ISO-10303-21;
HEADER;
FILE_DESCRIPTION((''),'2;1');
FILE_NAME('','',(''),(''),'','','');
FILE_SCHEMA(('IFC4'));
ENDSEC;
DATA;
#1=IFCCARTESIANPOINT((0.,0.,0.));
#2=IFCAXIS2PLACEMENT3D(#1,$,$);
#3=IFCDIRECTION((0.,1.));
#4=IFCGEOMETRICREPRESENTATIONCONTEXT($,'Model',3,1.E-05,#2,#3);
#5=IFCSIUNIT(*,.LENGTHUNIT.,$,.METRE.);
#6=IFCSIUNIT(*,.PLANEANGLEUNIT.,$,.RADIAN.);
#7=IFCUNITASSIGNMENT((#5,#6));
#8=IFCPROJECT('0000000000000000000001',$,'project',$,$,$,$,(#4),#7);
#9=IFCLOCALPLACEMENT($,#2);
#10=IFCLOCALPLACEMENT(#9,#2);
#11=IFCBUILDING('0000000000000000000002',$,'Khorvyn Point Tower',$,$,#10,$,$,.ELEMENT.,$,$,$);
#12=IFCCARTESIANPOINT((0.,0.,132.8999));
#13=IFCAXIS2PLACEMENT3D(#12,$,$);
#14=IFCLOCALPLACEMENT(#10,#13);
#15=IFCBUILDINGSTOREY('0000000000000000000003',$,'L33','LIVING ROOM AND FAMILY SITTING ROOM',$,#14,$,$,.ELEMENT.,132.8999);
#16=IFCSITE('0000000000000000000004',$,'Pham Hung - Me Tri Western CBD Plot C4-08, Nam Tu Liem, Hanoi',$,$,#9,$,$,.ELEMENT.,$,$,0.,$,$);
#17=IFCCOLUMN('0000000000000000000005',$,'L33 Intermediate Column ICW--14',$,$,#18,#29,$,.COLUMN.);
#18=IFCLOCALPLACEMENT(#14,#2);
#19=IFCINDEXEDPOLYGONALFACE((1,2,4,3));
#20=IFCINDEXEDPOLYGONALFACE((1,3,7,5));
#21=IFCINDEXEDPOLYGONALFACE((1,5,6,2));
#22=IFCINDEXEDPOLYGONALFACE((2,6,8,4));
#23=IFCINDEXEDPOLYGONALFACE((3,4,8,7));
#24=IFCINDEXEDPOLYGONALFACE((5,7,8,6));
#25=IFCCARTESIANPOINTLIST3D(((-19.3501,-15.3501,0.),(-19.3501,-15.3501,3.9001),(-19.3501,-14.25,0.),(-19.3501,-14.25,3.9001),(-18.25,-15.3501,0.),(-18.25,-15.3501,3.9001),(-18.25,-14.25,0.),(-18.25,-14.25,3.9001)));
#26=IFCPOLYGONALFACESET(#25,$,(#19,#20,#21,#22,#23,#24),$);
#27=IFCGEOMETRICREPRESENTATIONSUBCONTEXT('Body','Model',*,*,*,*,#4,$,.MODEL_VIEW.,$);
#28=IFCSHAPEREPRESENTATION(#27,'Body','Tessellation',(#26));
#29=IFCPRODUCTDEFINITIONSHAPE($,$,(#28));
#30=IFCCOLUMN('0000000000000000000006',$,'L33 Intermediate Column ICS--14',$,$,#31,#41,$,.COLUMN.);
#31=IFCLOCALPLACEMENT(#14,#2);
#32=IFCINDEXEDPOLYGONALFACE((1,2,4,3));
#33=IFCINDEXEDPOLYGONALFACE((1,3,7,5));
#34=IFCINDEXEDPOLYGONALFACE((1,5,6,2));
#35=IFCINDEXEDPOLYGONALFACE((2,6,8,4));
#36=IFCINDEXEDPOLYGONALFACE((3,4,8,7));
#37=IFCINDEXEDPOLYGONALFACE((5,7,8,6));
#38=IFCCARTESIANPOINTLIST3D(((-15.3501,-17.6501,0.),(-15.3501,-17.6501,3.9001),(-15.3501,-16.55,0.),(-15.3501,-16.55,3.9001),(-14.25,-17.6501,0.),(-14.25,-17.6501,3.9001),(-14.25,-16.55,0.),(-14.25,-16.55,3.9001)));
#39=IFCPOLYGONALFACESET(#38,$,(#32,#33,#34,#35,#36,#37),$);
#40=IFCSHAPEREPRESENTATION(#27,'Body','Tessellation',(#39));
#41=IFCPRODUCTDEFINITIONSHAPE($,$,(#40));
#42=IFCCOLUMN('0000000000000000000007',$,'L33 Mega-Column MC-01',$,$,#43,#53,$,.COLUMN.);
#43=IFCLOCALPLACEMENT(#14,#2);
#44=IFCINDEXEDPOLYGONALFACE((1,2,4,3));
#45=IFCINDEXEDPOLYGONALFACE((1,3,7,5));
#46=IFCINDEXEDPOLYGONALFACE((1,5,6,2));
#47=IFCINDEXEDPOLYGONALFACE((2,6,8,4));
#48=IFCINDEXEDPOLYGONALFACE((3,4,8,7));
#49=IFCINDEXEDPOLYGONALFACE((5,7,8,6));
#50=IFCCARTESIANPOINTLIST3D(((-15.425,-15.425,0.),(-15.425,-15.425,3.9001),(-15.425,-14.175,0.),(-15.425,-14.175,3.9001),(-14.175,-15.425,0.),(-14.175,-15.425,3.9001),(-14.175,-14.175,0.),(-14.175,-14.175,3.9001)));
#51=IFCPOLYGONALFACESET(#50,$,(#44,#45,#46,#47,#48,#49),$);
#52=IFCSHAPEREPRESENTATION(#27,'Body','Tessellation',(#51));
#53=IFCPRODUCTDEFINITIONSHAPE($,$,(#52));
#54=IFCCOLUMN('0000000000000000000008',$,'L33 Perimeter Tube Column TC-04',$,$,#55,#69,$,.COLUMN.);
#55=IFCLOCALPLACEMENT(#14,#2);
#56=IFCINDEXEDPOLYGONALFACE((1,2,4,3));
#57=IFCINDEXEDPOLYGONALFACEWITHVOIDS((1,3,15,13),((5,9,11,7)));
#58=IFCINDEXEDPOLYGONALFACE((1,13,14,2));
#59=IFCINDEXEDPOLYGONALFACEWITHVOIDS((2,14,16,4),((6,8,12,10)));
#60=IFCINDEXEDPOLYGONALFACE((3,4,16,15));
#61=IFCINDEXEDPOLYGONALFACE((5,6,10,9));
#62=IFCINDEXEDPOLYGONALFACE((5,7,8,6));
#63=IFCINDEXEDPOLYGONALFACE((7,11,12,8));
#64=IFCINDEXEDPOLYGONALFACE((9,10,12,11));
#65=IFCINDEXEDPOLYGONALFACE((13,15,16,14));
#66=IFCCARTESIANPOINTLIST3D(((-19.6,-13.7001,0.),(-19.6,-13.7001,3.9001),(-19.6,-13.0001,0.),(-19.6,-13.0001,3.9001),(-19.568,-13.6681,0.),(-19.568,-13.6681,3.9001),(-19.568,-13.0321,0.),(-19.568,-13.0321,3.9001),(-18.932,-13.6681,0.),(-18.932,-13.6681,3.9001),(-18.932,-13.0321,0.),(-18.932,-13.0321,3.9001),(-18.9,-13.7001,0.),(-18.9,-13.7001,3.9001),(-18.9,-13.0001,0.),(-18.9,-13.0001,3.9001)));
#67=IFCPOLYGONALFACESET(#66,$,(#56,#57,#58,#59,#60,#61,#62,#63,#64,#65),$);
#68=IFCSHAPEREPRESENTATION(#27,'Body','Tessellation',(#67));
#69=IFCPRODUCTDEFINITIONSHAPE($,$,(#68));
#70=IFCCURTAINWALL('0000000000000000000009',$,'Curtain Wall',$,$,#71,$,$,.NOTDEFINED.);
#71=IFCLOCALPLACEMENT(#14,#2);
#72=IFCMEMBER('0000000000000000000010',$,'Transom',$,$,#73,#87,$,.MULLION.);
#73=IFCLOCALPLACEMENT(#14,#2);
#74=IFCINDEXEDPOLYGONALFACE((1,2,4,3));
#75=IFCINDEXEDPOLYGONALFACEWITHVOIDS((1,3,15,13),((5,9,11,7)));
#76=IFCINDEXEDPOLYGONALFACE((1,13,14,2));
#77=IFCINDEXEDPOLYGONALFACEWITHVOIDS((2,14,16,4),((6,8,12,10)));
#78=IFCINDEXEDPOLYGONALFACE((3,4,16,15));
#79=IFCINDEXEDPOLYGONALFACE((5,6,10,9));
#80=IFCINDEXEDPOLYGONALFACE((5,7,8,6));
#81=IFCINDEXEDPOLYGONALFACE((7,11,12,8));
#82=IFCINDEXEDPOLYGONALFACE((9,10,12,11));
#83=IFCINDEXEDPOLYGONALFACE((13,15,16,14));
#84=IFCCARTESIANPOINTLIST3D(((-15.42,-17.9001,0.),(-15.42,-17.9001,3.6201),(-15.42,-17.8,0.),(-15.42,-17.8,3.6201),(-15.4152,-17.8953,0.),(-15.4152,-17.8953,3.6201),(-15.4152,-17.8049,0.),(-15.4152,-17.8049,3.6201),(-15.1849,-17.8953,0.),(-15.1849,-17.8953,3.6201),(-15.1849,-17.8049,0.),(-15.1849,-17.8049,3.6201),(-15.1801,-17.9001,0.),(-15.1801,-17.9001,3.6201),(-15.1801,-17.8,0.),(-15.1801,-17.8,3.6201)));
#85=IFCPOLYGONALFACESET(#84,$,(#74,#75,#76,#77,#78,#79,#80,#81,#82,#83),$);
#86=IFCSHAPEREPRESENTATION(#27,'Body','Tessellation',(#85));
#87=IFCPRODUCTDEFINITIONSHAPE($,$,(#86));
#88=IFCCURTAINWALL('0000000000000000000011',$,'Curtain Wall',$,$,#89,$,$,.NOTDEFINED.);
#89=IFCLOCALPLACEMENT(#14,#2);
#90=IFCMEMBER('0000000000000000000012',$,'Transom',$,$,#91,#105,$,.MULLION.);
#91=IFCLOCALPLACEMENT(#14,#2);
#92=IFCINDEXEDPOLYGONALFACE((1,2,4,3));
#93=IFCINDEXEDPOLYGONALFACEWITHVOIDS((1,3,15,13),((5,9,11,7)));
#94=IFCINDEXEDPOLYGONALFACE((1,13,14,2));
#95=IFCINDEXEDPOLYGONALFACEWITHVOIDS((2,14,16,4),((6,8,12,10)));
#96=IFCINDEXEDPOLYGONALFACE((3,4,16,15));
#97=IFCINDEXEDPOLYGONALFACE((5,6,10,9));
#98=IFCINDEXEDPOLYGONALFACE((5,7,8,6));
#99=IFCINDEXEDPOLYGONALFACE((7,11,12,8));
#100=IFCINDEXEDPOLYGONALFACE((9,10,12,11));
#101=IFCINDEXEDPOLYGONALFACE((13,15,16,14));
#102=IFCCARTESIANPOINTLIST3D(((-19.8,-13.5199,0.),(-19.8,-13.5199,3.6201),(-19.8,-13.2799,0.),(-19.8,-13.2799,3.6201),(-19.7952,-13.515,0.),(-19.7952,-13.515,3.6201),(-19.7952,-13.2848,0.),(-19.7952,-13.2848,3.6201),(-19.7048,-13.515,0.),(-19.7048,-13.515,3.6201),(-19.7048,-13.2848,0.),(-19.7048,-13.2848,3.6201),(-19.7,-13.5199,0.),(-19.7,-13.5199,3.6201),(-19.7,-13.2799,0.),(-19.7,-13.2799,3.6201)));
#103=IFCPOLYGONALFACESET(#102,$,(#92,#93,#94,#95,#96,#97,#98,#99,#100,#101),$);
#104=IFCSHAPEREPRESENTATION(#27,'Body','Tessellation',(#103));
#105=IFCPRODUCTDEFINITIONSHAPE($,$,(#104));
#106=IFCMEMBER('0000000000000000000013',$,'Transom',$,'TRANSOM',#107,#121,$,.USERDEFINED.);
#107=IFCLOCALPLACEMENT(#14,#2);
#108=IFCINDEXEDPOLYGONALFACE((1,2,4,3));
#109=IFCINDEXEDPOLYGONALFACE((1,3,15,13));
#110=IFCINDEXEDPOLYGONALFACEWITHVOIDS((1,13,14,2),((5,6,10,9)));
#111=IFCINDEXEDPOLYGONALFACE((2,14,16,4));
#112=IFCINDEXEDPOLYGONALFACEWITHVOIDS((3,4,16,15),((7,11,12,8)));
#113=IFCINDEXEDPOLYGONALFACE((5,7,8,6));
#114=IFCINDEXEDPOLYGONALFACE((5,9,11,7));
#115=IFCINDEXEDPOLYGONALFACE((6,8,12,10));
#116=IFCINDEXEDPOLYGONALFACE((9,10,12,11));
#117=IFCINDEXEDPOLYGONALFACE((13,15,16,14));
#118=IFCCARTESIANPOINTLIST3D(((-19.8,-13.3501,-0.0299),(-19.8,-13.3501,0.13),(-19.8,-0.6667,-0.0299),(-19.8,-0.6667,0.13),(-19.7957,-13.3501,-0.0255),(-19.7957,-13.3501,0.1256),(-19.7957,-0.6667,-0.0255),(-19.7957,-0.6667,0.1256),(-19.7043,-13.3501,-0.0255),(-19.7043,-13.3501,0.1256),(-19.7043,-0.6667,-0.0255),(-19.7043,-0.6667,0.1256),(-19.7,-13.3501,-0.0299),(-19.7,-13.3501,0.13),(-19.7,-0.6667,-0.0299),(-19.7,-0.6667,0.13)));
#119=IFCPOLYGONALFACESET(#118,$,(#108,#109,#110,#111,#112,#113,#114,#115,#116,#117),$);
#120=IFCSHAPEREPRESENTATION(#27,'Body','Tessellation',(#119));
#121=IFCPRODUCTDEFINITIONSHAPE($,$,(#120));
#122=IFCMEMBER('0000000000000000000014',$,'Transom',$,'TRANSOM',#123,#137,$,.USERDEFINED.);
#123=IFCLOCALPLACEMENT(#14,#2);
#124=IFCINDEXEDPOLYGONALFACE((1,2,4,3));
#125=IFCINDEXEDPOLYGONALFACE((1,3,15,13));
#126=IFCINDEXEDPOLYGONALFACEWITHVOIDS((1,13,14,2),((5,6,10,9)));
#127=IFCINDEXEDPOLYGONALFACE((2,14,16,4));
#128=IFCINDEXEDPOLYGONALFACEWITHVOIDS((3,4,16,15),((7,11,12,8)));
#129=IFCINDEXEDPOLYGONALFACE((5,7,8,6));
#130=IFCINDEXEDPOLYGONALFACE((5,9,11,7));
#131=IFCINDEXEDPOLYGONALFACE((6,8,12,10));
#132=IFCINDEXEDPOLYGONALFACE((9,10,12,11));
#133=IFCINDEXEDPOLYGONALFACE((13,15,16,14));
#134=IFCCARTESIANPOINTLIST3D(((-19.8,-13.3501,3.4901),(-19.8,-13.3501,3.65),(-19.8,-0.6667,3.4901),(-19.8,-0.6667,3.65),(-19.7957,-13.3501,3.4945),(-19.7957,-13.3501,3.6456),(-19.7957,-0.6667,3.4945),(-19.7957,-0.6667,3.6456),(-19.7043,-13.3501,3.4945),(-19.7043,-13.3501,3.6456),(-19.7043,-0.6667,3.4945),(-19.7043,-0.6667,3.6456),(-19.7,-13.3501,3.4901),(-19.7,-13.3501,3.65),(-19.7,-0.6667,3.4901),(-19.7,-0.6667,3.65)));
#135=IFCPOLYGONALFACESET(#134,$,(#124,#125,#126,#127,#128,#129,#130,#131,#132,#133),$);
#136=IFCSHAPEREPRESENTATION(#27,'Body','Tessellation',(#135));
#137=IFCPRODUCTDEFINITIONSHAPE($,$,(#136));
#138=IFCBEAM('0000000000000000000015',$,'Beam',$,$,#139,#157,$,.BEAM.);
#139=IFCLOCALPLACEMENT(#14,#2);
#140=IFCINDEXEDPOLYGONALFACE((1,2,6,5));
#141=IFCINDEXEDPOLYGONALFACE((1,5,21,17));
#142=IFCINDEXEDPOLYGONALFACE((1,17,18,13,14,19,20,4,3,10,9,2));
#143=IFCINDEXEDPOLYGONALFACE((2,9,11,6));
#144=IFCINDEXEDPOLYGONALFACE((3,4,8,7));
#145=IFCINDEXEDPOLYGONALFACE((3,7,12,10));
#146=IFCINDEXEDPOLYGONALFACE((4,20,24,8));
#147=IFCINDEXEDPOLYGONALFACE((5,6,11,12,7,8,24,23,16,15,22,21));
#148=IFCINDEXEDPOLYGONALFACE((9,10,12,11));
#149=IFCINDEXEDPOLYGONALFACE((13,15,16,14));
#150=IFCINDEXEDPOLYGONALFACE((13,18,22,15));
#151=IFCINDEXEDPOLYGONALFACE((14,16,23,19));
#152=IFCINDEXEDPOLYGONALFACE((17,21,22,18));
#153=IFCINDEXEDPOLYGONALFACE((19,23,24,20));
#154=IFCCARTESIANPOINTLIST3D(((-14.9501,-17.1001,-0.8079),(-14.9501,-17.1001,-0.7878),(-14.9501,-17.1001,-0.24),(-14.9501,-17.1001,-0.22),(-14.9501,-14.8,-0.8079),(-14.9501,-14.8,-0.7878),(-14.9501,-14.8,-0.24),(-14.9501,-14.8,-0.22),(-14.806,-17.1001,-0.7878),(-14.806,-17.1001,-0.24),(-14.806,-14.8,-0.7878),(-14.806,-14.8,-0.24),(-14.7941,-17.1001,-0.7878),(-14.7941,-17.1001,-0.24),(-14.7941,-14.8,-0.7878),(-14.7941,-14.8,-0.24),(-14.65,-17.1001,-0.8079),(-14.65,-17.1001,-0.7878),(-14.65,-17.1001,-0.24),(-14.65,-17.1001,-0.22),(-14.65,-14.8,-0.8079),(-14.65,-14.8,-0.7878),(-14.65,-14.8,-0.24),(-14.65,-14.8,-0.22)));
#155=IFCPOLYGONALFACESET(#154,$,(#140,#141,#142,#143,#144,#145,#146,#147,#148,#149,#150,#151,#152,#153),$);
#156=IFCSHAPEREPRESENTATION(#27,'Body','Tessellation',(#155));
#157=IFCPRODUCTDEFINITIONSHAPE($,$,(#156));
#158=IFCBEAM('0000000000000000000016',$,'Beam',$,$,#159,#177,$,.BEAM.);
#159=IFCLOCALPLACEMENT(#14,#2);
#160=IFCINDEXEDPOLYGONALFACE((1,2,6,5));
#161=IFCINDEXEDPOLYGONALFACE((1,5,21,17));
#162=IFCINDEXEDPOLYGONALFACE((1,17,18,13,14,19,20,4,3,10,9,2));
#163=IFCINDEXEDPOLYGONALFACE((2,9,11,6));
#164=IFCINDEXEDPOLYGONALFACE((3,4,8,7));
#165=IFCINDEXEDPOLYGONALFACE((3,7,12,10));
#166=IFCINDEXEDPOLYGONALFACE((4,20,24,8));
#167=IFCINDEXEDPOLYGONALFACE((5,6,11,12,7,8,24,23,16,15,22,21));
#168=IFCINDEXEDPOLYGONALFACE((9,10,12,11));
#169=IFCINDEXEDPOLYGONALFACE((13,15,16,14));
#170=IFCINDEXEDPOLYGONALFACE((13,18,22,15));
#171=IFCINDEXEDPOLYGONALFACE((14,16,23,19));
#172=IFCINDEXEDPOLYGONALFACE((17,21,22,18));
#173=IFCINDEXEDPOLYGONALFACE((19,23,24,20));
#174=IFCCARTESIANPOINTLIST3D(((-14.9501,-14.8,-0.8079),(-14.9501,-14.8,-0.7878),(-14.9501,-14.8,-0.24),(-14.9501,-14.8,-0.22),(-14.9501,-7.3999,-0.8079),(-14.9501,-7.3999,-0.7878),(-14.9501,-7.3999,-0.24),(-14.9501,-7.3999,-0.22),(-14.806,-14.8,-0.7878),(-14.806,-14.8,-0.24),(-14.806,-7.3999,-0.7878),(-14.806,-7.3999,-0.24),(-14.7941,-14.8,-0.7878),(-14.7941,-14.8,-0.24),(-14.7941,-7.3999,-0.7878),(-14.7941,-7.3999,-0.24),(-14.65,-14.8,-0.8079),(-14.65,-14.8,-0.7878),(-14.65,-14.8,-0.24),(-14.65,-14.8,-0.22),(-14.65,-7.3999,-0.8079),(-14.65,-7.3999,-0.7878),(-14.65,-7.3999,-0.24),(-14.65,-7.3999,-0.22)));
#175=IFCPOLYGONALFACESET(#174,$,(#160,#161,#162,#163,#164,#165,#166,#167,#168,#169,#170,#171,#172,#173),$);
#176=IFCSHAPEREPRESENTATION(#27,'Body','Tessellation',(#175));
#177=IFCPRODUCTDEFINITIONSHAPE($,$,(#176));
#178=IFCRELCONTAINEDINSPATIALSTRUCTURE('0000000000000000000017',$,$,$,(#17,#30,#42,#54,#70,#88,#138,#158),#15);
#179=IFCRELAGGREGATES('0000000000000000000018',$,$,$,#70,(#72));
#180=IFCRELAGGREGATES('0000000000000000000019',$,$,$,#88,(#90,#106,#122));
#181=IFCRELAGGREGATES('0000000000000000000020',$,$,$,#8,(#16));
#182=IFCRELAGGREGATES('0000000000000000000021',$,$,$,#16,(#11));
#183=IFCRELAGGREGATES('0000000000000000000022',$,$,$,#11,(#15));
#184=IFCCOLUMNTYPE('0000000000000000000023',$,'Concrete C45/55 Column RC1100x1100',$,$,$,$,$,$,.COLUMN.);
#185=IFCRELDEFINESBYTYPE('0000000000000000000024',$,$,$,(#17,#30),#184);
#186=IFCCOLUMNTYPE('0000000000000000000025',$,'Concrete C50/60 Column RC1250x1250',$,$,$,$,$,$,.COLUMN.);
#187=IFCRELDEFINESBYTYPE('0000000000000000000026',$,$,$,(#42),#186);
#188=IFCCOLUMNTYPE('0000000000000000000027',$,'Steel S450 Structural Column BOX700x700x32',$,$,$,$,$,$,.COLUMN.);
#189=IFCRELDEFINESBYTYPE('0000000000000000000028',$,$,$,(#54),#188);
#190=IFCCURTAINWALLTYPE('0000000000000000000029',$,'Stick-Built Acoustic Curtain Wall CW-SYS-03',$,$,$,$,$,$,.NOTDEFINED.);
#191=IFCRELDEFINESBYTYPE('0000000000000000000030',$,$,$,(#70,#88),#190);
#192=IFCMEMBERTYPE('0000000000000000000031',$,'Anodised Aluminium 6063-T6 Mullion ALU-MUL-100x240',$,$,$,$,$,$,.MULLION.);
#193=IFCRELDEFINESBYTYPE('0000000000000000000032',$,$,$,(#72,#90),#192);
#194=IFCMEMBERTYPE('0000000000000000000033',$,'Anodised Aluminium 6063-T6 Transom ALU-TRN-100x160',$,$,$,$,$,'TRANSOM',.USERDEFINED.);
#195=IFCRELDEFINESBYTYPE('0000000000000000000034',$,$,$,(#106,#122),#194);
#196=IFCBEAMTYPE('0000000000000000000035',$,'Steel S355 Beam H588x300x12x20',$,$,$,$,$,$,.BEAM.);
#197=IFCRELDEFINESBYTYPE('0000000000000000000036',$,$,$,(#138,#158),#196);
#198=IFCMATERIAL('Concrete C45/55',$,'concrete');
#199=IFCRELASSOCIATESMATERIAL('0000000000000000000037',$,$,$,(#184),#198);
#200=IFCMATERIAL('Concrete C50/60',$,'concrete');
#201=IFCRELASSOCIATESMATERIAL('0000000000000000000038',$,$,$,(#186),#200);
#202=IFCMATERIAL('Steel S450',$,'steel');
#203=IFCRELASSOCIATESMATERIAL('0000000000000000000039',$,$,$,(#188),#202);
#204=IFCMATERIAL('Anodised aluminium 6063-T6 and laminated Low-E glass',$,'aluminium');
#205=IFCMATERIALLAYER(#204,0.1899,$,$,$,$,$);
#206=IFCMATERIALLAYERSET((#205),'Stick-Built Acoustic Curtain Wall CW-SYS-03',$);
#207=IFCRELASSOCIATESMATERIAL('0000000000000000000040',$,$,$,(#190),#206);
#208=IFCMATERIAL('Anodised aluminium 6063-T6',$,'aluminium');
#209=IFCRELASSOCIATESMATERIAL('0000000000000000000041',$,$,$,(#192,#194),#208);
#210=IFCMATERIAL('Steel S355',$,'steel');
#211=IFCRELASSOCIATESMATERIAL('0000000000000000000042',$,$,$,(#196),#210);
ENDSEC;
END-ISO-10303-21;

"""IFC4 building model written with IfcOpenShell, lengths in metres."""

from ifc_helpers import new_model, si_unit, direction, frame, origin, origin_2d, place, context, subcontext, project, spatial, rectangle, hollow_rectangle, i_section, extrude, material, layer, layer_set, material_profile, profile_set, type_object, element, aggregate, save


model = new_model("IFC4")

# Units and contexts
model_context = context("Model", 3, precision=1e-05, world=origin(), true_north=direction((0.0, 1.0)))
body_context = subcontext(model_context, "Body", "Model", "MODEL_VIEW")
ifc_project = project(units=[si_unit("LENGTHUNIT", "METRE"), si_unit("PLANEANGLEUNIT", "RADIAN")], contexts=[model_context])

# Site, building, storey
site_placement = place(None, origin())
site = spatial("IfcSite", under=ifc_project, at=site_placement, Name="Pham Hung - Me Tri Western CBD Plot C4-08, Nam Tu Liem, Hanoi", CompositionType="ELEMENT", RefElevation=0.0)
building_placement = place(site_placement, origin())
building = spatial("IfcBuilding", under=site, at=building_placement, Name="Khorvyn Point Tower", CompositionType="ELEMENT")
storey_placement = place(building_placement, frame((0.0, 0.0, 132.8999)))
storey = spatial("IfcBuildingStorey", under=building, at=storey_placement, Name="L33", Description="LIVING ROOM AND FAMILY SITTING ROOM", CompositionType="ELEMENT", Elevation=132.8999)

# Columns
ifc_material_1 = material(Name="Concrete C45/55", Category="concrete")
ifc_material_profile_1 = material_profile(ifc_material_1, rectangle(XDim=1.1001, YDim=1.1001, at=origin_2d()))
ifc_profile_set_1 = profile_set([ifc_material_profile_1], Name="Concrete C45/55 RC1100x1100")
column_type_1 = type_object("IfcColumnType", Name="Concrete C45/55 Column RC1100x1100", PredefinedType="COLUMN", material=ifc_profile_set_1)
for number, where, z_axis, x_axis, name in (
    (1, (-18.8, -14.8, 0.0), (0.0, 0.0, 1.0), (1.0, 0.0, 0.0), "L33 Intermediate Column ICW--14"),
    (2, (-14.8, -17.1001, 0.0), (0.0, 0.0, 1.0), (1.0, 0.0, 0.0), "L33 Intermediate Column ICS--14"),
):
    element("IfcColumn", number, at=place(storey_placement, frame(where, z_axis=z_axis, x_axis=x_axis)), inside=storey, type_object=column_type_1, Name=name, PredefinedType="COLUMN", context=body_context, shape_type="SweptSolid", body=[
        extrude(rectangle(XDim=1.1001, YDim=1.1001, at=origin_2d()), origin(), (0.0, 0.0, 1.0), 3.9001),
    ])
ifc_material_2 = material(Name="Concrete C50/60", Category="concrete")
ifc_material_profile_2 = material_profile(ifc_material_2, rectangle(XDim=1.25, YDim=1.25, at=origin_2d()))
ifc_profile_set_2 = profile_set([ifc_material_profile_2], Name="Concrete C50/60 RC1250x1250")
column_type_2 = type_object("IfcColumnType", Name="Concrete C50/60 Column RC1250x1250", PredefinedType="COLUMN", material=ifc_profile_set_2)
column_1_placement = place(storey_placement, frame((-14.8, -14.8, 0.0), z_axis=(0.0, 0.0, 1.0), x_axis=(1.0, 0.0, 0.0)))
element("IfcColumn", 3, at=column_1_placement, inside=storey, type_object=column_type_2, Name="L33 Mega-Column MC-01", PredefinedType="COLUMN", context=body_context, shape_type="SweptSolid", body=[
    extrude(rectangle(XDim=1.25, YDim=1.25, at=origin_2d()), origin(), (0.0, 0.0, 1.0), 3.9001),
])
ifc_material_3 = material(Name="Steel S450", Category="steel")
ifc_material_profile_3 = material_profile(ifc_material_3, hollow_rectangle(XDim=0.7, YDim=0.7, WallThickness=0.032, at=origin_2d()))
ifc_profile_set_3 = profile_set([ifc_material_profile_3], Name="Steel S450 BOX700x700x32")
column_type_3 = type_object("IfcColumnType", Name="Steel S450 Structural Column BOX700x700x32", PredefinedType="COLUMN", material=ifc_profile_set_3)
column_2_placement = place(storey_placement, frame((-19.25, -13.3501, 0.0), z_axis=(0.0, 0.0, 1.0), x_axis=(1.0, 0.0, 0.0)))
element("IfcColumn", 4, at=column_2_placement, inside=storey, type_object=column_type_3, Name="L33 Perimeter Tube Column TC-04", PredefinedType="COLUMN", context=body_context, shape_type="SweptSolid", body=[
    extrude(hollow_rectangle(XDim=0.7, YDim=0.7, WallThickness=0.032, at=origin_2d()), origin(), (0.0, 0.0, 1.0), 3.9001),
])

# Curtain wall, member
ifc_material_4 = material(Name="Anodised aluminium 6063-T6 and laminated Low-E glass", Category="aluminium")
ifc_layer_1 = layer(ifc_material_4, 0.1899)
ifc_layer_set_1 = layer_set([ifc_layer_1], Name="Stick-Built Acoustic Curtain Wall CW-SYS-03")
curtain_wall_type = type_object("IfcCurtainWallType", Name="Stick-Built Acoustic Curtain Wall CW-SYS-03", PredefinedType="NOTDEFINED", material=ifc_layer_set_1)
curtain_wall_1_placement = place(storey_placement, origin())
curtain_wall_1 = element("IfcCurtainWall", 5, at=curtain_wall_1_placement, inside=storey, type_object=curtain_wall_type, Name="Curtain Wall", PredefinedType="NOTDEFINED")
ifc_material_5 = material(Name="Anodised aluminium 6063-T6", Category="aluminium")
ifc_material_profile_4 = material_profile(ifc_material_5, hollow_rectangle(XDim=0.1001, YDim=0.24, WallThickness=0.0049, at=origin_2d()))
ifc_profile_set_4 = profile_set([ifc_material_profile_4], Name="Anodised aluminium 6063-T6 ALU-MUL-100x240")
member_type_1 = type_object("IfcMemberType", Name="Anodised Aluminium 6063-T6 Mullion ALU-MUL-100x240", PredefinedType="MULLION", material=ifc_profile_set_4)
member_1_placement = place(storey_placement, frame((-15.3, -17.8501, 0.0), z_axis=(0.0, 0.0, 1.0), x_axis=(0.0, -1.0, 0.0)))
member_1 = element("IfcMember", 6, at=member_1_placement, type_object=member_type_1, Name="Transom", PredefinedType="MULLION", context=body_context, shape_type="SweptSolid", body=[
    extrude(hollow_rectangle(XDim=0.1001, YDim=0.24, WallThickness=0.0049, at=origin_2d()), origin(), (0.0, 0.0, 1.0), 3.6201),
])
aggregate(curtain_wall_1, [member_1])

# Curtain wall, members
curtain_wall_2_placement = place(storey_placement, origin())
curtain_wall_2 = element("IfcCurtainWall", 7, at=curtain_wall_2_placement, inside=storey, type_object=curtain_wall_type, Name="Curtain Wall", PredefinedType="NOTDEFINED")
member_2_placement = place(storey_placement, frame((-19.75, -13.3999, 0.0), z_axis=(0.0, 0.0, 1.0), x_axis=(-1.0, 0.0, 0.0)))
member_2 = element("IfcMember", 8, at=member_2_placement, type_object=member_type_1, Name="Transom", PredefinedType="MULLION", context=body_context, shape_type="SweptSolid", body=[
    extrude(hollow_rectangle(XDim=0.1001, YDim=0.24, WallThickness=0.0049, at=origin_2d()), origin(), (0.0, 0.0, 1.0), 3.6201),
])
ifc_material_profile_5 = material_profile(ifc_material_5, hollow_rectangle(XDim=0.1001, YDim=0.1599, WallThickness=0.0044, at=origin_2d()))
ifc_profile_set_5 = profile_set([ifc_material_profile_5], Name="Anodised aluminium 6063-T6 ALU-TRN-100x160")
member_type_2 = type_object("IfcMemberType", Name="Anodised Aluminium 6063-T6 Transom ALU-TRN-100x160", ElementType="TRANSOM", PredefinedType="USERDEFINED", material=ifc_profile_set_5)
member_3_placement = place(storey_placement, frame((-19.75, -13.3501, 0.05), z_axis=(0.0, 1.0, 0.0), x_axis=(-1.0, 0.0, 0.0)))
member_3 = element("IfcMember", 9, at=member_3_placement, type_object=member_type_2, Name="Transom", ObjectType="TRANSOM", PredefinedType="USERDEFINED", context=body_context, shape_type="SweptSolid", body=[
    extrude(hollow_rectangle(XDim=0.1001, YDim=0.1599, WallThickness=0.0044, at=origin_2d()), origin(), (0.0, 0.0, 1.0), 12.6833),
])
member_4_placement = place(storey_placement, frame((-19.75, -13.3501, 3.5701), z_axis=(0.0, 1.0, 0.0), x_axis=(-1.0, 0.0, 0.0)))
member_4 = element("IfcMember", 10, at=member_4_placement, type_object=member_type_2, Name="Transom", ObjectType="TRANSOM", PredefinedType="USERDEFINED", context=body_context, shape_type="SweptSolid", body=[
    extrude(hollow_rectangle(XDim=0.1001, YDim=0.1599, WallThickness=0.0044, at=origin_2d()), origin(), (0.0, 0.0, 1.0), 12.6833),
])
aggregate(curtain_wall_2, [member_2, member_3, member_4])

# Beams
ifc_material_6 = material(Name="Steel S355", Category="steel")
ifc_material_profile_6 = material_profile(ifc_material_6, i_section(OverallWidth=0.3, OverallDepth=0.5879, WebThickness=0.012, FlangeThickness=0.02, at=origin_2d()))
ifc_profile_set_6 = profile_set([ifc_material_profile_6], Name="Steel S355 H588x300x12x20")
beam_type_1 = type_object("IfcBeamType", Name="Steel S355 Beam H588x300x12x20", PredefinedType="BEAM", material=ifc_profile_set_6)
beam_1_placement = place(storey_placement, frame((-14.8, -17.1001, -0.5139), z_axis=(0.0, 1.0, 0.0), x_axis=(-1.0, 0.0, 0.0)))
element("IfcBeam", 11, at=beam_1_placement, inside=storey, type_object=beam_type_1, Name="Beam", PredefinedType="BEAM", context=body_context, shape_type="SweptSolid", body=[
    extrude(i_section(OverallWidth=0.3, OverallDepth=0.5879, WebThickness=0.012, FlangeThickness=0.02, at=origin_2d()), origin(), (0.0, 0.0, 1.0), 2.3),
])
for number, where, z_axis, x_axis, name in (
    (12, (-14.8, -14.8, -0.5139), (0.0, 1.0, 0.0), (-1.0, 0.0, 0.0), "Beam"),
):
    element("IfcBeam", number, at=place(storey_placement, frame(where, z_axis=z_axis, x_axis=x_axis)), inside=storey, type_object=beam_type_1, Name=name, PredefinedType="BEAM", context=body_context, shape_type="SweptSolid", body=[
        extrude(i_section(OverallWidth=0.3, OverallDepth=0.5879, WebThickness=0.012, FlangeThickness=0.02, at=origin_2d()), origin(), (0.0, 0.0, 1.0), 7.4001),
    ])

save(model, "model.ifc")
